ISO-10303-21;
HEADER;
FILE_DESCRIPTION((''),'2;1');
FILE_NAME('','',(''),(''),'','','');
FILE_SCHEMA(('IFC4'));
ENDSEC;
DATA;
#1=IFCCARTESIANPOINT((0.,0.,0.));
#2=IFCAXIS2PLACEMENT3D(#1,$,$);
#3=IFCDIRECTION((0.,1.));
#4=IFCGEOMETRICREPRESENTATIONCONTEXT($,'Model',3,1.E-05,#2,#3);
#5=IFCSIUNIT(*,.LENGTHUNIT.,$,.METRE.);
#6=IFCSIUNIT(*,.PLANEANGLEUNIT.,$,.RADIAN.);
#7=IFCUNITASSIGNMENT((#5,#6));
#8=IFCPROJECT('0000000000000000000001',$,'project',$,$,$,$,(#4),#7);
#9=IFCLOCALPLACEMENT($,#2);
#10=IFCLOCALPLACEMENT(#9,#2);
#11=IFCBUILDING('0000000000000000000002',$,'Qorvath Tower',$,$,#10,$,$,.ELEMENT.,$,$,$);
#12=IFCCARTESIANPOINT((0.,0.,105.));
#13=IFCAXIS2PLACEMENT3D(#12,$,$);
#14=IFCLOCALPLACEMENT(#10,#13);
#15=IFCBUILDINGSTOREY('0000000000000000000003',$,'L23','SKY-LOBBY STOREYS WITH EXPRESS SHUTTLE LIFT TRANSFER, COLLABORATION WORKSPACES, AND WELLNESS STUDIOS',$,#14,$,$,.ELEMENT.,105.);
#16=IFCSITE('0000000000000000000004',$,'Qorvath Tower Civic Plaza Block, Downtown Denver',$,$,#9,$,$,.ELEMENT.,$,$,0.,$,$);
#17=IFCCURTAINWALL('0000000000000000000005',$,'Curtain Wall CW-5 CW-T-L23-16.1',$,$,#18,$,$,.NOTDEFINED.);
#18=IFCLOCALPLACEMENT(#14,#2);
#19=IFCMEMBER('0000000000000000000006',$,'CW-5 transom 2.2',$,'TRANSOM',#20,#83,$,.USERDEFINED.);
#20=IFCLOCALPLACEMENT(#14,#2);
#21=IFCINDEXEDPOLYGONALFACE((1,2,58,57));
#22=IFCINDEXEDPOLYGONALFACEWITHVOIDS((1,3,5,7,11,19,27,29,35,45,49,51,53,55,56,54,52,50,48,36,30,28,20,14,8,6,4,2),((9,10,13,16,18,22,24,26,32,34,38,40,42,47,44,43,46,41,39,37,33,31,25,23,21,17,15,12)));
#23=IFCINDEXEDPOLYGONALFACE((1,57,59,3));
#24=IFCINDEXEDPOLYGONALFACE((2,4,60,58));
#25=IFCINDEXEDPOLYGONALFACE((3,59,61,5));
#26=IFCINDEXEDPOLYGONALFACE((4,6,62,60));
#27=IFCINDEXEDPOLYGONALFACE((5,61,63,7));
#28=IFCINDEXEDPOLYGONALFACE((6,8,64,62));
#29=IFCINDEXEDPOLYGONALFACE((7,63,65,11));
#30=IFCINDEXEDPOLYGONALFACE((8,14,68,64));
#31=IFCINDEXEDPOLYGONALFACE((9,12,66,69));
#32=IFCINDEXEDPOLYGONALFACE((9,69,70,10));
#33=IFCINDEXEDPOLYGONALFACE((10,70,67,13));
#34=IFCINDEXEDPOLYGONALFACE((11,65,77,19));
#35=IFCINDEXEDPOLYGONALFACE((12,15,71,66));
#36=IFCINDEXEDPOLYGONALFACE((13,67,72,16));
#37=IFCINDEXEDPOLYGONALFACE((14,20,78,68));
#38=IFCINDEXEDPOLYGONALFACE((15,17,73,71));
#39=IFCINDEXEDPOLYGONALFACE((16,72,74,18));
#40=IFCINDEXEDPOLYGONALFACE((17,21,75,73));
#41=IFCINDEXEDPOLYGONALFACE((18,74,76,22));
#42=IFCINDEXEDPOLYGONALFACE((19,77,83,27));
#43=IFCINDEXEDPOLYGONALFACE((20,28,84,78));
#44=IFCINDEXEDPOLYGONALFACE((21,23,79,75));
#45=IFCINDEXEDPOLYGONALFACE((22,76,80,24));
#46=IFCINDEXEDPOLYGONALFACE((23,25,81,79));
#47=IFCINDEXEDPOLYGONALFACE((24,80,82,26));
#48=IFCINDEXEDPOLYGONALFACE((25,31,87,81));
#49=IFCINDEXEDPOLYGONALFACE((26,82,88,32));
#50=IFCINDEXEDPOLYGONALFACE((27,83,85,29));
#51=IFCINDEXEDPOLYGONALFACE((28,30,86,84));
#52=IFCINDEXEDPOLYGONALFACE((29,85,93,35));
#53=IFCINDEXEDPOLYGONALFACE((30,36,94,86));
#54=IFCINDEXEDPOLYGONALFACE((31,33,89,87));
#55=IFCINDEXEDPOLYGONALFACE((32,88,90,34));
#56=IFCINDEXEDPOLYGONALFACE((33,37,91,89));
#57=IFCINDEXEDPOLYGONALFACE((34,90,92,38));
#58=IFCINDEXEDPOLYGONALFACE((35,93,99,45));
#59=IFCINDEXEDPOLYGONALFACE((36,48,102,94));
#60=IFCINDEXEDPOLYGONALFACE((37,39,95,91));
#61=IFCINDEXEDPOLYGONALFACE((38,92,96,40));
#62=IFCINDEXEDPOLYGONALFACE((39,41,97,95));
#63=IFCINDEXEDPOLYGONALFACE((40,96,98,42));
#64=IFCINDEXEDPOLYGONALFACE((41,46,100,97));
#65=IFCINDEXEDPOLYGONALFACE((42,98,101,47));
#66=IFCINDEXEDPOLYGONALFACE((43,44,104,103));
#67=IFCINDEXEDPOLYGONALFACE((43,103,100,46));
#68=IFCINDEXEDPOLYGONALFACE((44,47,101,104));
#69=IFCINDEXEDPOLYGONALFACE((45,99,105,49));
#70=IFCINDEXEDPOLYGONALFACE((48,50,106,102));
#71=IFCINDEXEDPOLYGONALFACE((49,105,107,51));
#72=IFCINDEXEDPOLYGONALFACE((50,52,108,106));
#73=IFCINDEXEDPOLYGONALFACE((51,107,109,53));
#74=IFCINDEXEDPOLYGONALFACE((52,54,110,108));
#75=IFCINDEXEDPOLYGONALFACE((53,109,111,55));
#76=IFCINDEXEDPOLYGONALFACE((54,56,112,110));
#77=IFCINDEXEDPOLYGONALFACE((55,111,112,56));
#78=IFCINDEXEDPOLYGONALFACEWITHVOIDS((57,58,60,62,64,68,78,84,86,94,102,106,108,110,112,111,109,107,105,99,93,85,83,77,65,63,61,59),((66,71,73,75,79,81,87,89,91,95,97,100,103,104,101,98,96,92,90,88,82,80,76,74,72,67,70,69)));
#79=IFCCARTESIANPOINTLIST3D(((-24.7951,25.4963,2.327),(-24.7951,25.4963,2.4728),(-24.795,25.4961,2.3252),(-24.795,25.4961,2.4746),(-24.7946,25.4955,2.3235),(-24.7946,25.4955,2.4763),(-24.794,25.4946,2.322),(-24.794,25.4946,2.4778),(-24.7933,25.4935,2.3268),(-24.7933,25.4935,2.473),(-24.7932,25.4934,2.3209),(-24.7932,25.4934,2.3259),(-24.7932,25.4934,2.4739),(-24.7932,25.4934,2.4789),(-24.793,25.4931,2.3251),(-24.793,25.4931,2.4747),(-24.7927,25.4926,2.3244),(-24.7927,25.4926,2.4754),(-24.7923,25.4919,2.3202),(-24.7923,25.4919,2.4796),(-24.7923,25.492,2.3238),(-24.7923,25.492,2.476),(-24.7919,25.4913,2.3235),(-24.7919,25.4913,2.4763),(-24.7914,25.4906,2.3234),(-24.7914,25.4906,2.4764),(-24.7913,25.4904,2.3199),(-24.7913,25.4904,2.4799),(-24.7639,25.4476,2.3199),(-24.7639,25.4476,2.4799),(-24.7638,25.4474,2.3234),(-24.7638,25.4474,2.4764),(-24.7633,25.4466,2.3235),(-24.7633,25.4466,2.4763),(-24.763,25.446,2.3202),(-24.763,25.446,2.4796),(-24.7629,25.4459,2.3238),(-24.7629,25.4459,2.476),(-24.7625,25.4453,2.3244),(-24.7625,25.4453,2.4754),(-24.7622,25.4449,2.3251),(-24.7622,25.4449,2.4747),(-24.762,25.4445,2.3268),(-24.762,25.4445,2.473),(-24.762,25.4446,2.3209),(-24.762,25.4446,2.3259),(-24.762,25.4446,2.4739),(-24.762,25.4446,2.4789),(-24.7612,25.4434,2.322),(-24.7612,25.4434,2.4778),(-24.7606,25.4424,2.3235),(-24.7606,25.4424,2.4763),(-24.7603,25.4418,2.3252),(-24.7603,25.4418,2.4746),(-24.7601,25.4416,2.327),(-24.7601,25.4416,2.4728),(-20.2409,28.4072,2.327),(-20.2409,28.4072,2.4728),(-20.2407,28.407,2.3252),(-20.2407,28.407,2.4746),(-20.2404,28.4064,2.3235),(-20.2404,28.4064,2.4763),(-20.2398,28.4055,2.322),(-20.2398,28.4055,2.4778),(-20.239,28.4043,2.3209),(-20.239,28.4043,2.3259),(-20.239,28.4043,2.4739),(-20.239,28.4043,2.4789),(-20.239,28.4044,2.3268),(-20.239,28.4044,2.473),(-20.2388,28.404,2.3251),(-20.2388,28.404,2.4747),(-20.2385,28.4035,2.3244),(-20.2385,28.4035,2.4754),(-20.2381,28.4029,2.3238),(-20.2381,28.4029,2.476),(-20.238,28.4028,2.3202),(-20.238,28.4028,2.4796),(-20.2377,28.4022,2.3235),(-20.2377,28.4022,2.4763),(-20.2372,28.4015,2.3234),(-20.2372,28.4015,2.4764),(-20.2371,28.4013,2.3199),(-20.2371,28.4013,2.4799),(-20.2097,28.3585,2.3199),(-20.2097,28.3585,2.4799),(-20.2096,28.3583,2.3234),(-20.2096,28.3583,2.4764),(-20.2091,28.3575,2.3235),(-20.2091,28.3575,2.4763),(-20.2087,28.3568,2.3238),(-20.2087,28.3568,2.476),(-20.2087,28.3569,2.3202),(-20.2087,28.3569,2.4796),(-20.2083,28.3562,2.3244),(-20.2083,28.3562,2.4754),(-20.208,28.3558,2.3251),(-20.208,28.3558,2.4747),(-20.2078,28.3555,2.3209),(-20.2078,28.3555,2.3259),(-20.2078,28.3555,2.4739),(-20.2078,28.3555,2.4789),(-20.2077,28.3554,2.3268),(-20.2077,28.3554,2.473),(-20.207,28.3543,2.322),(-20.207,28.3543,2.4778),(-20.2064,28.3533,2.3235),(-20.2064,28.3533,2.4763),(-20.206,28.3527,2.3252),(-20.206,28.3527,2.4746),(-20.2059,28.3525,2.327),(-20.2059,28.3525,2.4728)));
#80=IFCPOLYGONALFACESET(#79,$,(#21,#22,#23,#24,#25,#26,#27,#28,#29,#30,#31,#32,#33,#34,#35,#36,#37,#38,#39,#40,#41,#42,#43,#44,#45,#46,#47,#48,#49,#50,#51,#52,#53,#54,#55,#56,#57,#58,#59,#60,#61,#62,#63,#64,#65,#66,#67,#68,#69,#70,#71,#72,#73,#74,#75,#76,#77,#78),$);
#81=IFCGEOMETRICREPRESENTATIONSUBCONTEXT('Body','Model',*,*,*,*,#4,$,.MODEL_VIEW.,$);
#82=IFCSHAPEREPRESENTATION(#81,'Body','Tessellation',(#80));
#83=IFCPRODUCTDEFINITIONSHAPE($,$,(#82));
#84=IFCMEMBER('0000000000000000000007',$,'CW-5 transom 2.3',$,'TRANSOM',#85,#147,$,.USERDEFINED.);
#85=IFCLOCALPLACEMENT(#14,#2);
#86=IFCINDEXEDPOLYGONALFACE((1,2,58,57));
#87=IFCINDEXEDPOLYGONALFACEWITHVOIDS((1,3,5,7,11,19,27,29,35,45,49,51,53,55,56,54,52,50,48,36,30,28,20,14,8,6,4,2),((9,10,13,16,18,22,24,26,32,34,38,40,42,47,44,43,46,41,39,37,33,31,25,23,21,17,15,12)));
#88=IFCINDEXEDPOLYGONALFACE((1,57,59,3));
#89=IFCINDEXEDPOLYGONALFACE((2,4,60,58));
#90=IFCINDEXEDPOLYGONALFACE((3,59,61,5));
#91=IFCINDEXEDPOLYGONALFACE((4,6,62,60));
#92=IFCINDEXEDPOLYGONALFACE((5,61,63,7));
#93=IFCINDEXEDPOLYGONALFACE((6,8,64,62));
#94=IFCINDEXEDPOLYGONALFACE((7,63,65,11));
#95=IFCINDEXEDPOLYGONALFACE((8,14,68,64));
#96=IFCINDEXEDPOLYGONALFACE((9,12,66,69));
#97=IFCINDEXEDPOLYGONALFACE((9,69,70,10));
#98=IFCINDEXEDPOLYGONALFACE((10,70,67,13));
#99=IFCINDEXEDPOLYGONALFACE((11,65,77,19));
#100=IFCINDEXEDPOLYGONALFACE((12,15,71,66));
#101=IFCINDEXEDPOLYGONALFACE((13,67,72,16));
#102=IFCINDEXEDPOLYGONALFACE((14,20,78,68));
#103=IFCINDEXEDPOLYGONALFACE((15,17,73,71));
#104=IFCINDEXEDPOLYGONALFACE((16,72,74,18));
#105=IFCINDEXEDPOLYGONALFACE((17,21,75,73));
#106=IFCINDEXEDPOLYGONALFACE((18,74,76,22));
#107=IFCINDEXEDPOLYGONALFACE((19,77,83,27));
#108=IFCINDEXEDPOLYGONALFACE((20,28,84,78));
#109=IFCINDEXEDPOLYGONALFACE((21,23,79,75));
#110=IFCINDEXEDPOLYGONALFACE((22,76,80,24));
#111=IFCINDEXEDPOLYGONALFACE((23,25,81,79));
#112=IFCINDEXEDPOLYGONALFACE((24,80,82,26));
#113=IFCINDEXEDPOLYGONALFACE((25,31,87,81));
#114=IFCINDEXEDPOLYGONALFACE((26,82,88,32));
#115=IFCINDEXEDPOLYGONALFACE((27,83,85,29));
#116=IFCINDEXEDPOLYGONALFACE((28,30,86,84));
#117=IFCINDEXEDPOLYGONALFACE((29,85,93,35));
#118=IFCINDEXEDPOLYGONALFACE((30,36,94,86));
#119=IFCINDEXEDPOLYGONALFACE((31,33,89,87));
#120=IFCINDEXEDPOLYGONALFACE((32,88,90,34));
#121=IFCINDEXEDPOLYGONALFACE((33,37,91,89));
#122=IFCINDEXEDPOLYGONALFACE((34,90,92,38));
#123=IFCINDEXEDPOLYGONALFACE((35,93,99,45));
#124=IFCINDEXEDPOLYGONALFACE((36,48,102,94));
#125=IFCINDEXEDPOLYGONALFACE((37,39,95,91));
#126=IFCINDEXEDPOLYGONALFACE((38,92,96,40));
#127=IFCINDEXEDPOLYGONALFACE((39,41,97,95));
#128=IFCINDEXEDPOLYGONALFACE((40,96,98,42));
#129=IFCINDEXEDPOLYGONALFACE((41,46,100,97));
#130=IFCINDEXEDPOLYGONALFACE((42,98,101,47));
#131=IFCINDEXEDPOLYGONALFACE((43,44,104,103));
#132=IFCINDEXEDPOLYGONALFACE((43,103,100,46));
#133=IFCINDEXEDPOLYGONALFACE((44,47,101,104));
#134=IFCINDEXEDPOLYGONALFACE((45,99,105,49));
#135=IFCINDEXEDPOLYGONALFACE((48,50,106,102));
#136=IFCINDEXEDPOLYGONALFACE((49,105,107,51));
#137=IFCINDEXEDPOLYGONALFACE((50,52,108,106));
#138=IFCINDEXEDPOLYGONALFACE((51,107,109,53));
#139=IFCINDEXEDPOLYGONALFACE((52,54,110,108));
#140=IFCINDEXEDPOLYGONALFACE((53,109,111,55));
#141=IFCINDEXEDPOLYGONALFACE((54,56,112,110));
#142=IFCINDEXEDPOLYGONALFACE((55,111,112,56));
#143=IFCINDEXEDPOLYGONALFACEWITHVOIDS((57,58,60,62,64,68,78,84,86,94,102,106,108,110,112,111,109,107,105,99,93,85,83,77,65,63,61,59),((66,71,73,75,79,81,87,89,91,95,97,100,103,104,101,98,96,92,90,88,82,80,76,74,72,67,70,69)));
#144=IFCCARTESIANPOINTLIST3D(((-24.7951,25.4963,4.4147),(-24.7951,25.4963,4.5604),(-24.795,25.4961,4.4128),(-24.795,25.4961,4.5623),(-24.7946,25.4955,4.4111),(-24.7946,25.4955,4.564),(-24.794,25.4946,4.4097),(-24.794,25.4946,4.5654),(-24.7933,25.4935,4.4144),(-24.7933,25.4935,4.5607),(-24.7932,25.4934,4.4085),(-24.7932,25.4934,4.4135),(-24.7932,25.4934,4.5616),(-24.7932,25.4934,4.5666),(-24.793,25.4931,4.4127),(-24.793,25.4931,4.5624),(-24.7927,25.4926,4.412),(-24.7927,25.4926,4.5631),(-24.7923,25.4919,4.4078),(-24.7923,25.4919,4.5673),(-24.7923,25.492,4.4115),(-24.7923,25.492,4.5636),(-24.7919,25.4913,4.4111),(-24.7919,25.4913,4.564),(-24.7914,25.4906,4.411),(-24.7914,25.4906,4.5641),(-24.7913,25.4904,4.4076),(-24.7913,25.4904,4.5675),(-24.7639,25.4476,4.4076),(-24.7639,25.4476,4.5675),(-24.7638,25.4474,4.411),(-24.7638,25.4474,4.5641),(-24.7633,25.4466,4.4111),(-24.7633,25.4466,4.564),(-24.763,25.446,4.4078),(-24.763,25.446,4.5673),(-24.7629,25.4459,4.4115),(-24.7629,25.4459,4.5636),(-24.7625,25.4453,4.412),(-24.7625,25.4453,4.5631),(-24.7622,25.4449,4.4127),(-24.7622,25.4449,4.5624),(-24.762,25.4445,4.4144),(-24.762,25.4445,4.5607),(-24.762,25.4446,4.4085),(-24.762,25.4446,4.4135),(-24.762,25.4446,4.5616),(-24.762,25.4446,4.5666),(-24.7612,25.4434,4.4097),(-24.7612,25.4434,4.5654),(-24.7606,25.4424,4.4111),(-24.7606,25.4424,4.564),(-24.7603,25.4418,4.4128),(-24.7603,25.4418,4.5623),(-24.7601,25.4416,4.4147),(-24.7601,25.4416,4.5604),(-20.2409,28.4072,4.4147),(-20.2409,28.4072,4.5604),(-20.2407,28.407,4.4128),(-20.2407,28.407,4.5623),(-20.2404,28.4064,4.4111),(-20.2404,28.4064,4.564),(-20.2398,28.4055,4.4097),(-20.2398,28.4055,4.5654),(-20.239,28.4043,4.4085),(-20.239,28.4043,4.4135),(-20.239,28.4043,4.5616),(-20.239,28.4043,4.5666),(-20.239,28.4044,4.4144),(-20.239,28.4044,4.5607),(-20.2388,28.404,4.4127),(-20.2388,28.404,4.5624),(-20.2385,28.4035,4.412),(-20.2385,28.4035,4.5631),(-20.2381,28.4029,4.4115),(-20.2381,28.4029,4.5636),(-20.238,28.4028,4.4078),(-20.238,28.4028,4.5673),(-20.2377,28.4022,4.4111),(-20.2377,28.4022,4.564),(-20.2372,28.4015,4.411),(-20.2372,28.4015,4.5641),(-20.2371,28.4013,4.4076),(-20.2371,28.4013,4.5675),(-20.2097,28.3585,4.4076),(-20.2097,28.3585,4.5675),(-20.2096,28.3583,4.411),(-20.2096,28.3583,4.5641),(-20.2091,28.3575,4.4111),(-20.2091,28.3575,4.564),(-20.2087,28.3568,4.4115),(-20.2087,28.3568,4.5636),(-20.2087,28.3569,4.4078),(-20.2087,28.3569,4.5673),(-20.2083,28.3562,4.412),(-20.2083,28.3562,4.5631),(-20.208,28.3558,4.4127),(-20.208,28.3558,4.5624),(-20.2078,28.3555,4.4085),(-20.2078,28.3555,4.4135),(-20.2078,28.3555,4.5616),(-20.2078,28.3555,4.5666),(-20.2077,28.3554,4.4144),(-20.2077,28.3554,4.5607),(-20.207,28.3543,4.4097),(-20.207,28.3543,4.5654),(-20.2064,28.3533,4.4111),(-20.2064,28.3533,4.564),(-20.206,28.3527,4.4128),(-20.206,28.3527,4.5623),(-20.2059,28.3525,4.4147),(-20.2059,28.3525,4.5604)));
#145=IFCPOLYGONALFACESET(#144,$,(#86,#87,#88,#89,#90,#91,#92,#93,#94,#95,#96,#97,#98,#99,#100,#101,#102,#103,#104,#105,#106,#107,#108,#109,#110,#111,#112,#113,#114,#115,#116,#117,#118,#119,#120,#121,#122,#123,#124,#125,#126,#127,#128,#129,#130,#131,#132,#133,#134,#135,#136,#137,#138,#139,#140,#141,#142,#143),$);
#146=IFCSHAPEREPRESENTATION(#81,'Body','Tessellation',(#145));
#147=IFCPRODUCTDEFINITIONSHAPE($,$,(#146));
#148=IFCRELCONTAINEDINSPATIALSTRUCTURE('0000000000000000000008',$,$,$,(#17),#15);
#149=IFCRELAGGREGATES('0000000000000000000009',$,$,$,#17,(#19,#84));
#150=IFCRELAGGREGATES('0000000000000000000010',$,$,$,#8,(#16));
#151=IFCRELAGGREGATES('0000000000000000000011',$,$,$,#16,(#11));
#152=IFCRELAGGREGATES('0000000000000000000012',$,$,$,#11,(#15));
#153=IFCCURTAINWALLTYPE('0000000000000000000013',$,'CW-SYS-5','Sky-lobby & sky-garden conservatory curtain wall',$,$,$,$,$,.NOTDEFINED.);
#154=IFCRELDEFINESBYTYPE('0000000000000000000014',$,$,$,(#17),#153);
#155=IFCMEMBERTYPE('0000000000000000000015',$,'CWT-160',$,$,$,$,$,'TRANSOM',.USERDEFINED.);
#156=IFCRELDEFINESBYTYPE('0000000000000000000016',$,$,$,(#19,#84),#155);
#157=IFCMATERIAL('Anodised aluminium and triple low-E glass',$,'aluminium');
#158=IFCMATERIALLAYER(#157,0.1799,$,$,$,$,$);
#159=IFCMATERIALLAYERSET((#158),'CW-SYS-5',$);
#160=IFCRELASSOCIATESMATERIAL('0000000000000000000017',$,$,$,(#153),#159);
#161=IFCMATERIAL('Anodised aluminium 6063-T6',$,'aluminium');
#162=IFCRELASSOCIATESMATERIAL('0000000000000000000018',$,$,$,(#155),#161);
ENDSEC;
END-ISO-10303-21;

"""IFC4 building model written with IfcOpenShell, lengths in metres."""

from ifc_helpers import new_model, si_unit, direction, frame, origin, origin_2d, place, context, subcontext, project, spatial, hollow_rectangle, extrude, material, layer, layer_set, material_profile, profile_set, type_object, element, aggregate, save


model = new_model("IFC4")

# Units and contexts
model_context = context("Model", 3, precision=1e-05, world=origin(), true_north=direction((0.0, 1.0)))
body_context = subcontext(model_context, "Body", "Model", "MODEL_VIEW")
ifc_project = project(units=[si_unit("LENGTHUNIT", "METRE"), si_unit("PLANEANGLEUNIT", "RADIAN")], contexts=[model_context])

# Site, building, storey
site_placement = place(None, origin())
site = spatial("IfcSite", under=ifc_project, at=site_placement, Name="Qorvath Tower Civic Plaza Block, Downtown Denver", CompositionType="ELEMENT", RefElevation=0.0)
building_placement = place(site_placement, origin())
building = spatial("IfcBuilding", under=site, at=building_placement, Name="Qorvath Tower", CompositionType="ELEMENT")
storey_placement = place(building_placement, frame((0.0, 0.0, 105.0)))
storey = spatial("IfcBuildingStorey", under=building, at=storey_placement, Name="L23", Description="SKY-LOBBY STOREYS WITH EXPRESS SHUTTLE LIFT TRANSFER, COLLABORATION WORKSPACES, AND WELLNESS STUDIOS", CompositionType="ELEMENT", Elevation=105.0)

# Curtain wall
ifc_material_1 = material(Name="Anodised aluminium and triple low-E glass", Category="aluminium")
ifc_layer_1 = layer(ifc_material_1, 0.1799)
ifc_layer_set_1 = layer_set([ifc_layer_1], Name="CW-SYS-5")
curtain_wall_type = type_object("IfcCurtainWallType", Name="CW-SYS-5", Description="Sky-lobby & sky-garden conservatory curtain wall", PredefinedType="NOTDEFINED", material=ifc_layer_set_1)
curtain_wall_1_placement = place(storey_placement, origin())
curtain_wall_1 = element("IfcCurtainWall", 1, at=curtain_wall_1_placement, inside=storey, type_object=curtain_wall_type, Name="Curtain Wall CW-5 CW-T-L23-16.1", PredefinedType="NOTDEFINED")

# Members
ifc_material_2 = material(Name="Anodised aluminium 6063-T6", Category="aluminium")
ifc_material_profile_1 = material_profile(ifc_material_2, hollow_rectangle(XDim=0.0649, YDim=0.1599, WallThickness=0.0034, InnerFilletRadius=0.0034, OuterFilletRadius=0.0071, at=origin_2d()), Name="CWT 160x65")
ifc_profile_set_1 = profile_set([ifc_material_profile_1], Name="Anodised aluminium 6063-T6")
member_type_1 = type_object("IfcMemberType", Name="CWT-160", ElementType="TRANSOM", PredefinedType="USERDEFINED", material=ifc_profile_set_1)
member_1_placement = place(storey_placement, frame((-20.2234, 28.3799, 2.3999), z_axis=(-0.84259, -0.538555, 0.0), x_axis=(0.538555, -0.84259, 0.0)))
member_1 = element("IfcMember", 2, at=member_1_placement, type_object=member_type_1, Name="CW-5 transom 2.2", ObjectType="TRANSOM", PredefinedType="USERDEFINED", context=body_context, shape_type="SweptSolid", body=[
    extrude(hollow_rectangle(XDim=0.0649, YDim=0.1599, WallThickness=0.0034, InnerFilletRadius=0.0034, OuterFilletRadius=0.0071, at=origin_2d()), origin(), (0.0, 0.0, 1.0), 5.405),
])
member_2_placement = place(storey_placement, frame((-20.2234, 28.3799, 4.4875), z_axis=(-0.84259, -0.538555, 0.0), x_axis=(0.538555, -0.84259, 0.0)))
member_2 = element("IfcMember", 3, at=member_2_placement, type_object=member_type_1, Name="CW-5 transom 2.3", ObjectType="TRANSOM", PredefinedType="USERDEFINED", context=body_context, shape_type="SweptSolid", body=[
    extrude(hollow_rectangle(XDim=0.0649, YDim=0.1599, WallThickness=0.0034, InnerFilletRadius=0.0034, OuterFilletRadius=0.0071, at=origin_2d()), origin(), (0.0, 0.0, 1.0), 5.405),
])

aggregate(curtain_wall_1, [member_1, member_2])

save(model, "model.ifc")
